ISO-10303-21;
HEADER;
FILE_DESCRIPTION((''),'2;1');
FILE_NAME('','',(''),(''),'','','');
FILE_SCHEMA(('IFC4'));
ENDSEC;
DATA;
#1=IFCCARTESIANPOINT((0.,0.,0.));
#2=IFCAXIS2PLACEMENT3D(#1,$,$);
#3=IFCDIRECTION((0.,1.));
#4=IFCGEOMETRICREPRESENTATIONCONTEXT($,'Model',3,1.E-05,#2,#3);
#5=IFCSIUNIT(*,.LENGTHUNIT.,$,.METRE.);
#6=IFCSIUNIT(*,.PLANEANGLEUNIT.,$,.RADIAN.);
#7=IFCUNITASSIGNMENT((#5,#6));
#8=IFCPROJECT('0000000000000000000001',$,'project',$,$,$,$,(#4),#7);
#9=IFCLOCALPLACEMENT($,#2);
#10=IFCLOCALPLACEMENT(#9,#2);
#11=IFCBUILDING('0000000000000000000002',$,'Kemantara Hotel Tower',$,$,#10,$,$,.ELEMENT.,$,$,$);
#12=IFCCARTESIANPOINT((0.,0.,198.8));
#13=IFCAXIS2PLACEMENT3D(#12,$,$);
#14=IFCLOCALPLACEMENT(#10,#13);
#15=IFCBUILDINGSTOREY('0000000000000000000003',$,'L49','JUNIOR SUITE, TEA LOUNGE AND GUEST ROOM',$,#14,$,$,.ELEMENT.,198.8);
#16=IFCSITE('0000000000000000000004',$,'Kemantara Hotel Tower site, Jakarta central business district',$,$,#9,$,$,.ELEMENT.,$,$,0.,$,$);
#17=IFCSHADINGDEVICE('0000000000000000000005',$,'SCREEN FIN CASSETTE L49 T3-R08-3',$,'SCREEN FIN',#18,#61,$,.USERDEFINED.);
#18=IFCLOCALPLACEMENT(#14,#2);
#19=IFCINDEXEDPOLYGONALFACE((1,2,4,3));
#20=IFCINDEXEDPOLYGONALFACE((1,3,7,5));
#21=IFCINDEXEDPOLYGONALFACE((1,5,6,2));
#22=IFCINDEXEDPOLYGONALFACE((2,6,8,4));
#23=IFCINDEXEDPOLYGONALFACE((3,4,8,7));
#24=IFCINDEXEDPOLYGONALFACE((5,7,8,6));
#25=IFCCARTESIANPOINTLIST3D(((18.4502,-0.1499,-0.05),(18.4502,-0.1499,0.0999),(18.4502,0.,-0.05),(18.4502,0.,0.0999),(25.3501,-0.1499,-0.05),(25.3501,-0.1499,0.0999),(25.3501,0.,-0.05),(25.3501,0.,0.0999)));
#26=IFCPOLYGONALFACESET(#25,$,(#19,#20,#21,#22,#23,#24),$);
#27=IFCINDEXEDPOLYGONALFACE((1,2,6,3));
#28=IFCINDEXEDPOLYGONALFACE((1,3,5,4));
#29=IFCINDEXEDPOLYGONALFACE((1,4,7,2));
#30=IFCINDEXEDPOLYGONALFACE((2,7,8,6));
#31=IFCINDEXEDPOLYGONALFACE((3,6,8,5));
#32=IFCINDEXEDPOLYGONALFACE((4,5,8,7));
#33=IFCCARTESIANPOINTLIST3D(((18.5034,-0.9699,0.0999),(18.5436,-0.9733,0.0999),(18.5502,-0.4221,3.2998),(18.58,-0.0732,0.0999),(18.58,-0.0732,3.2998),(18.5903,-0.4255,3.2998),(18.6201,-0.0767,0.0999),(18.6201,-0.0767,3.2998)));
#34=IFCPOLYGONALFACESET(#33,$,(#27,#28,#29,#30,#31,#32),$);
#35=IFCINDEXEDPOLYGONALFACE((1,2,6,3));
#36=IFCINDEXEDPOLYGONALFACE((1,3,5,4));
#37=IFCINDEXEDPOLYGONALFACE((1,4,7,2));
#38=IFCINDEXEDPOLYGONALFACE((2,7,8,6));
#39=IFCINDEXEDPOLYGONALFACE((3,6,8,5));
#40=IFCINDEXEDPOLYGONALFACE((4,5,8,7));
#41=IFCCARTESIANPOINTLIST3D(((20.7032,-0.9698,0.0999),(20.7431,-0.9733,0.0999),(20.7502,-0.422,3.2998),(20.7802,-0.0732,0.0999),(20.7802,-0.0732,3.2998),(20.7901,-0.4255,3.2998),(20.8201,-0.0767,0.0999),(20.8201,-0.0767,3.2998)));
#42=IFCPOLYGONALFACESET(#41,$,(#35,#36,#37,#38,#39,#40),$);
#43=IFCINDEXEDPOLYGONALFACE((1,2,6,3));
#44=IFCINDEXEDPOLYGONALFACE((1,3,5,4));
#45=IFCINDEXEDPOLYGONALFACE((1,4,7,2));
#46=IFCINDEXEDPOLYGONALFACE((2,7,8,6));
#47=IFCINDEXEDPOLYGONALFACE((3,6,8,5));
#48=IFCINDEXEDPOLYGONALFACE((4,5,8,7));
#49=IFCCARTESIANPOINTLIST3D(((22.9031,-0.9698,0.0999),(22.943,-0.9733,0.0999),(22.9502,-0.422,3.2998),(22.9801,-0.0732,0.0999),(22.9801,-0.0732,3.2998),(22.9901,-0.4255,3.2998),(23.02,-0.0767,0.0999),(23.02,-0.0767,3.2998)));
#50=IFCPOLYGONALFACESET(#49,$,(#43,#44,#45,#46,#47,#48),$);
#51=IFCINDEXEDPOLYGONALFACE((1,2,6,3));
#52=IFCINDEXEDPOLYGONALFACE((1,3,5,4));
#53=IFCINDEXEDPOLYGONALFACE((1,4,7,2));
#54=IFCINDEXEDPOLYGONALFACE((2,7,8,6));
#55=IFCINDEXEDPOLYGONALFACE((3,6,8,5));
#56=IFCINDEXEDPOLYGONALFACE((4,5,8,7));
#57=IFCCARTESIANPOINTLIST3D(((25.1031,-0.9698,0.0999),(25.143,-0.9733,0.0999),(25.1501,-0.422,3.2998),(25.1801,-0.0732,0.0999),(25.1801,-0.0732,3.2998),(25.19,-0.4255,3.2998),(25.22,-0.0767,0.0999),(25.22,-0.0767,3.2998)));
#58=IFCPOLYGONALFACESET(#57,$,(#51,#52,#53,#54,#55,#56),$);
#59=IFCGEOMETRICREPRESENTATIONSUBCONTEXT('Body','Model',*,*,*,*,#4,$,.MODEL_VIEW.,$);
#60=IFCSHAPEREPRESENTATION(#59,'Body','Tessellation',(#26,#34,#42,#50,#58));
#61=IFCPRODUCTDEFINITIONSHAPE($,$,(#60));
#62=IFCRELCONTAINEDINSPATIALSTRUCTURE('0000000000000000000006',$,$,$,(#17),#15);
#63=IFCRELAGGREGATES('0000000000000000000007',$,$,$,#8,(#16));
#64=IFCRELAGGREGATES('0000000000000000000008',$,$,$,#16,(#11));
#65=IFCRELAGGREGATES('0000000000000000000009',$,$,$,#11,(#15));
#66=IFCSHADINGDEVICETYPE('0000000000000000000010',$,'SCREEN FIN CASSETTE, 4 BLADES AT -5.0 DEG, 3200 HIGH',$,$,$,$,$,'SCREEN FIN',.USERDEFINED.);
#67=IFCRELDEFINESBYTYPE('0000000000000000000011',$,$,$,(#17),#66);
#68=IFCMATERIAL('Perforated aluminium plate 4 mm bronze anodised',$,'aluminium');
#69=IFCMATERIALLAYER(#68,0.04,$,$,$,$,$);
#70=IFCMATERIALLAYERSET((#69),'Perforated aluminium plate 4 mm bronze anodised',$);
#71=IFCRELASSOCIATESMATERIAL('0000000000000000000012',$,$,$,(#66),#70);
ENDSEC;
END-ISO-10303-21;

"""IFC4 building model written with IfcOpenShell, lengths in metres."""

from ifc_helpers import new_model, si_unit, direction, frame, origin, origin_2d, place, context, subcontext, project, spatial, polyline, rectangle, outline, extrude, source, transform, mapped, material, layer, layer_set, type_object, element, save


model = new_model("IFC4")

# Units and contexts
model_context = context("Model", 3, precision=1e-05, world=origin(), true_north=direction((0.0, 1.0)))
body_context = subcontext(model_context, "Body", "Model", "MODEL_VIEW")
ifc_project = project(units=[si_unit("LENGTHUNIT", "METRE"), si_unit("PLANEANGLEUNIT", "RADIAN")], contexts=[model_context])

# Site, building, storey
site_placement = place(None, origin())
site = spatial("IfcSite", under=ifc_project, at=site_placement, Name="Kemantara Hotel Tower site, Jakarta central business district", CompositionType="ELEMENT", RefElevation=0.0)
building_placement = place(site_placement, origin())
building = spatial("IfcBuilding", under=site, at=building_placement, Name="Kemantara Hotel Tower", CompositionType="ELEMENT")
storey_placement = place(building_placement, frame((0.0, 0.0, 198.8)))
storey = spatial("IfcBuildingStorey", under=building, at=storey_placement, Name="L49", Description="JUNIOR SUITE, TEA LOUNGE AND GUEST ROOM", CompositionType="ELEMENT", Elevation=198.8)

# Shading device
ifc_material_1 = material(Name="Perforated aluminium plate 4 mm bronze anodised", Category="aluminium")
ifc_layer_1 = layer(ifc_material_1, 0.04)
ifc_layer_set_1 = layer_set([ifc_layer_1], Name="Perforated aluminium plate 4 mm bronze anodised")
shading_device_type = type_object("IfcShadingDeviceType", Name="SCREEN FIN CASSETTE, 4 BLADES AT -5.0 DEG, 3200 HIGH", ElementType="SCREEN FIN", PredefinedType="USERDEFINED", material=ifc_layer_set_1)
shared_shape = source(origin(), body_context, "Body", "SweptSolid", [
    extrude(rectangle(XDim=6.8999, YDim=0.1499, at=origin_2d()), frame((3.3, -0.075, -0.1499), z_axis=(0.0, 0.0, 1.0), x_axis=(1.0, 0.0, 0.0)), (0.0, 0.0, 1.0), 0.1499),
    extrude(outline(polyline([(0.0, 0.0), (0.8999, 0.0), (0.3501, 3.2), (0.0, 3.2), (0.0, 0.0)])), frame((0.02, -0.0767, 0.0), z_axis=(-0.996376, 0.085056, 0.0), x_axis=(-0.085056, -0.996376, 0.0)), (0.0, 0.0, 1.0), 0.0403),
    extrude(outline(polyline([(0.0, 0.0), (0.8999, 0.0), (0.3501, 3.2), (0.0, 3.2), (0.0, 0.0)])), frame((2.22, -0.0767, 0.0), z_axis=(-0.996332, 0.085575, 0.0), x_axis=(-0.085575, -0.996332, 0.0)), (0.0, 0.0, 1.0), 0.04),
    extrude(outline(polyline([(0.0, 0.0), (0.8999, 0.0), (0.3501, 3.2), (0.0, 3.2), (0.0, 0.0)])), frame((4.4199, -0.0767, 0.0), z_axis=(-0.996332, 0.085575, 0.0), x_axis=(-0.085575, -0.996332, 0.0)), (0.0, 0.0, 1.0), 0.04),
    extrude(outline(polyline([(0.0, 0.0), (0.8999, 0.0), (0.3501, 3.2), (0.0, 3.2), (0.0, 0.0)])), frame((6.6199, -0.0767, 0.0), z_axis=(-0.996332, 0.085575, 0.0), x_axis=(-0.085575, -0.996332, 0.0)), (0.0, 0.0, 1.0), 0.04),
])
shading_device_placement = place(storey_placement, frame((18.6001, 0.0, 0.0999), z_axis=(0.0, 0.0, 1.0), x_axis=(1.0, 0.0, 0.0)))
element("IfcShadingDevice", 1, at=shading_device_placement, inside=storey, type_object=shading_device_type, Name="SCREEN FIN CASSETTE L49 T3-R08-3", ObjectType="SCREEN FIN", PredefinedType="USERDEFINED", context=body_context, shape_type="MappedRepresentation", body=[
    mapped(shared_shape, transform((0.0, 0.0, 0.0))),
])

save(model, "model.ifc")
